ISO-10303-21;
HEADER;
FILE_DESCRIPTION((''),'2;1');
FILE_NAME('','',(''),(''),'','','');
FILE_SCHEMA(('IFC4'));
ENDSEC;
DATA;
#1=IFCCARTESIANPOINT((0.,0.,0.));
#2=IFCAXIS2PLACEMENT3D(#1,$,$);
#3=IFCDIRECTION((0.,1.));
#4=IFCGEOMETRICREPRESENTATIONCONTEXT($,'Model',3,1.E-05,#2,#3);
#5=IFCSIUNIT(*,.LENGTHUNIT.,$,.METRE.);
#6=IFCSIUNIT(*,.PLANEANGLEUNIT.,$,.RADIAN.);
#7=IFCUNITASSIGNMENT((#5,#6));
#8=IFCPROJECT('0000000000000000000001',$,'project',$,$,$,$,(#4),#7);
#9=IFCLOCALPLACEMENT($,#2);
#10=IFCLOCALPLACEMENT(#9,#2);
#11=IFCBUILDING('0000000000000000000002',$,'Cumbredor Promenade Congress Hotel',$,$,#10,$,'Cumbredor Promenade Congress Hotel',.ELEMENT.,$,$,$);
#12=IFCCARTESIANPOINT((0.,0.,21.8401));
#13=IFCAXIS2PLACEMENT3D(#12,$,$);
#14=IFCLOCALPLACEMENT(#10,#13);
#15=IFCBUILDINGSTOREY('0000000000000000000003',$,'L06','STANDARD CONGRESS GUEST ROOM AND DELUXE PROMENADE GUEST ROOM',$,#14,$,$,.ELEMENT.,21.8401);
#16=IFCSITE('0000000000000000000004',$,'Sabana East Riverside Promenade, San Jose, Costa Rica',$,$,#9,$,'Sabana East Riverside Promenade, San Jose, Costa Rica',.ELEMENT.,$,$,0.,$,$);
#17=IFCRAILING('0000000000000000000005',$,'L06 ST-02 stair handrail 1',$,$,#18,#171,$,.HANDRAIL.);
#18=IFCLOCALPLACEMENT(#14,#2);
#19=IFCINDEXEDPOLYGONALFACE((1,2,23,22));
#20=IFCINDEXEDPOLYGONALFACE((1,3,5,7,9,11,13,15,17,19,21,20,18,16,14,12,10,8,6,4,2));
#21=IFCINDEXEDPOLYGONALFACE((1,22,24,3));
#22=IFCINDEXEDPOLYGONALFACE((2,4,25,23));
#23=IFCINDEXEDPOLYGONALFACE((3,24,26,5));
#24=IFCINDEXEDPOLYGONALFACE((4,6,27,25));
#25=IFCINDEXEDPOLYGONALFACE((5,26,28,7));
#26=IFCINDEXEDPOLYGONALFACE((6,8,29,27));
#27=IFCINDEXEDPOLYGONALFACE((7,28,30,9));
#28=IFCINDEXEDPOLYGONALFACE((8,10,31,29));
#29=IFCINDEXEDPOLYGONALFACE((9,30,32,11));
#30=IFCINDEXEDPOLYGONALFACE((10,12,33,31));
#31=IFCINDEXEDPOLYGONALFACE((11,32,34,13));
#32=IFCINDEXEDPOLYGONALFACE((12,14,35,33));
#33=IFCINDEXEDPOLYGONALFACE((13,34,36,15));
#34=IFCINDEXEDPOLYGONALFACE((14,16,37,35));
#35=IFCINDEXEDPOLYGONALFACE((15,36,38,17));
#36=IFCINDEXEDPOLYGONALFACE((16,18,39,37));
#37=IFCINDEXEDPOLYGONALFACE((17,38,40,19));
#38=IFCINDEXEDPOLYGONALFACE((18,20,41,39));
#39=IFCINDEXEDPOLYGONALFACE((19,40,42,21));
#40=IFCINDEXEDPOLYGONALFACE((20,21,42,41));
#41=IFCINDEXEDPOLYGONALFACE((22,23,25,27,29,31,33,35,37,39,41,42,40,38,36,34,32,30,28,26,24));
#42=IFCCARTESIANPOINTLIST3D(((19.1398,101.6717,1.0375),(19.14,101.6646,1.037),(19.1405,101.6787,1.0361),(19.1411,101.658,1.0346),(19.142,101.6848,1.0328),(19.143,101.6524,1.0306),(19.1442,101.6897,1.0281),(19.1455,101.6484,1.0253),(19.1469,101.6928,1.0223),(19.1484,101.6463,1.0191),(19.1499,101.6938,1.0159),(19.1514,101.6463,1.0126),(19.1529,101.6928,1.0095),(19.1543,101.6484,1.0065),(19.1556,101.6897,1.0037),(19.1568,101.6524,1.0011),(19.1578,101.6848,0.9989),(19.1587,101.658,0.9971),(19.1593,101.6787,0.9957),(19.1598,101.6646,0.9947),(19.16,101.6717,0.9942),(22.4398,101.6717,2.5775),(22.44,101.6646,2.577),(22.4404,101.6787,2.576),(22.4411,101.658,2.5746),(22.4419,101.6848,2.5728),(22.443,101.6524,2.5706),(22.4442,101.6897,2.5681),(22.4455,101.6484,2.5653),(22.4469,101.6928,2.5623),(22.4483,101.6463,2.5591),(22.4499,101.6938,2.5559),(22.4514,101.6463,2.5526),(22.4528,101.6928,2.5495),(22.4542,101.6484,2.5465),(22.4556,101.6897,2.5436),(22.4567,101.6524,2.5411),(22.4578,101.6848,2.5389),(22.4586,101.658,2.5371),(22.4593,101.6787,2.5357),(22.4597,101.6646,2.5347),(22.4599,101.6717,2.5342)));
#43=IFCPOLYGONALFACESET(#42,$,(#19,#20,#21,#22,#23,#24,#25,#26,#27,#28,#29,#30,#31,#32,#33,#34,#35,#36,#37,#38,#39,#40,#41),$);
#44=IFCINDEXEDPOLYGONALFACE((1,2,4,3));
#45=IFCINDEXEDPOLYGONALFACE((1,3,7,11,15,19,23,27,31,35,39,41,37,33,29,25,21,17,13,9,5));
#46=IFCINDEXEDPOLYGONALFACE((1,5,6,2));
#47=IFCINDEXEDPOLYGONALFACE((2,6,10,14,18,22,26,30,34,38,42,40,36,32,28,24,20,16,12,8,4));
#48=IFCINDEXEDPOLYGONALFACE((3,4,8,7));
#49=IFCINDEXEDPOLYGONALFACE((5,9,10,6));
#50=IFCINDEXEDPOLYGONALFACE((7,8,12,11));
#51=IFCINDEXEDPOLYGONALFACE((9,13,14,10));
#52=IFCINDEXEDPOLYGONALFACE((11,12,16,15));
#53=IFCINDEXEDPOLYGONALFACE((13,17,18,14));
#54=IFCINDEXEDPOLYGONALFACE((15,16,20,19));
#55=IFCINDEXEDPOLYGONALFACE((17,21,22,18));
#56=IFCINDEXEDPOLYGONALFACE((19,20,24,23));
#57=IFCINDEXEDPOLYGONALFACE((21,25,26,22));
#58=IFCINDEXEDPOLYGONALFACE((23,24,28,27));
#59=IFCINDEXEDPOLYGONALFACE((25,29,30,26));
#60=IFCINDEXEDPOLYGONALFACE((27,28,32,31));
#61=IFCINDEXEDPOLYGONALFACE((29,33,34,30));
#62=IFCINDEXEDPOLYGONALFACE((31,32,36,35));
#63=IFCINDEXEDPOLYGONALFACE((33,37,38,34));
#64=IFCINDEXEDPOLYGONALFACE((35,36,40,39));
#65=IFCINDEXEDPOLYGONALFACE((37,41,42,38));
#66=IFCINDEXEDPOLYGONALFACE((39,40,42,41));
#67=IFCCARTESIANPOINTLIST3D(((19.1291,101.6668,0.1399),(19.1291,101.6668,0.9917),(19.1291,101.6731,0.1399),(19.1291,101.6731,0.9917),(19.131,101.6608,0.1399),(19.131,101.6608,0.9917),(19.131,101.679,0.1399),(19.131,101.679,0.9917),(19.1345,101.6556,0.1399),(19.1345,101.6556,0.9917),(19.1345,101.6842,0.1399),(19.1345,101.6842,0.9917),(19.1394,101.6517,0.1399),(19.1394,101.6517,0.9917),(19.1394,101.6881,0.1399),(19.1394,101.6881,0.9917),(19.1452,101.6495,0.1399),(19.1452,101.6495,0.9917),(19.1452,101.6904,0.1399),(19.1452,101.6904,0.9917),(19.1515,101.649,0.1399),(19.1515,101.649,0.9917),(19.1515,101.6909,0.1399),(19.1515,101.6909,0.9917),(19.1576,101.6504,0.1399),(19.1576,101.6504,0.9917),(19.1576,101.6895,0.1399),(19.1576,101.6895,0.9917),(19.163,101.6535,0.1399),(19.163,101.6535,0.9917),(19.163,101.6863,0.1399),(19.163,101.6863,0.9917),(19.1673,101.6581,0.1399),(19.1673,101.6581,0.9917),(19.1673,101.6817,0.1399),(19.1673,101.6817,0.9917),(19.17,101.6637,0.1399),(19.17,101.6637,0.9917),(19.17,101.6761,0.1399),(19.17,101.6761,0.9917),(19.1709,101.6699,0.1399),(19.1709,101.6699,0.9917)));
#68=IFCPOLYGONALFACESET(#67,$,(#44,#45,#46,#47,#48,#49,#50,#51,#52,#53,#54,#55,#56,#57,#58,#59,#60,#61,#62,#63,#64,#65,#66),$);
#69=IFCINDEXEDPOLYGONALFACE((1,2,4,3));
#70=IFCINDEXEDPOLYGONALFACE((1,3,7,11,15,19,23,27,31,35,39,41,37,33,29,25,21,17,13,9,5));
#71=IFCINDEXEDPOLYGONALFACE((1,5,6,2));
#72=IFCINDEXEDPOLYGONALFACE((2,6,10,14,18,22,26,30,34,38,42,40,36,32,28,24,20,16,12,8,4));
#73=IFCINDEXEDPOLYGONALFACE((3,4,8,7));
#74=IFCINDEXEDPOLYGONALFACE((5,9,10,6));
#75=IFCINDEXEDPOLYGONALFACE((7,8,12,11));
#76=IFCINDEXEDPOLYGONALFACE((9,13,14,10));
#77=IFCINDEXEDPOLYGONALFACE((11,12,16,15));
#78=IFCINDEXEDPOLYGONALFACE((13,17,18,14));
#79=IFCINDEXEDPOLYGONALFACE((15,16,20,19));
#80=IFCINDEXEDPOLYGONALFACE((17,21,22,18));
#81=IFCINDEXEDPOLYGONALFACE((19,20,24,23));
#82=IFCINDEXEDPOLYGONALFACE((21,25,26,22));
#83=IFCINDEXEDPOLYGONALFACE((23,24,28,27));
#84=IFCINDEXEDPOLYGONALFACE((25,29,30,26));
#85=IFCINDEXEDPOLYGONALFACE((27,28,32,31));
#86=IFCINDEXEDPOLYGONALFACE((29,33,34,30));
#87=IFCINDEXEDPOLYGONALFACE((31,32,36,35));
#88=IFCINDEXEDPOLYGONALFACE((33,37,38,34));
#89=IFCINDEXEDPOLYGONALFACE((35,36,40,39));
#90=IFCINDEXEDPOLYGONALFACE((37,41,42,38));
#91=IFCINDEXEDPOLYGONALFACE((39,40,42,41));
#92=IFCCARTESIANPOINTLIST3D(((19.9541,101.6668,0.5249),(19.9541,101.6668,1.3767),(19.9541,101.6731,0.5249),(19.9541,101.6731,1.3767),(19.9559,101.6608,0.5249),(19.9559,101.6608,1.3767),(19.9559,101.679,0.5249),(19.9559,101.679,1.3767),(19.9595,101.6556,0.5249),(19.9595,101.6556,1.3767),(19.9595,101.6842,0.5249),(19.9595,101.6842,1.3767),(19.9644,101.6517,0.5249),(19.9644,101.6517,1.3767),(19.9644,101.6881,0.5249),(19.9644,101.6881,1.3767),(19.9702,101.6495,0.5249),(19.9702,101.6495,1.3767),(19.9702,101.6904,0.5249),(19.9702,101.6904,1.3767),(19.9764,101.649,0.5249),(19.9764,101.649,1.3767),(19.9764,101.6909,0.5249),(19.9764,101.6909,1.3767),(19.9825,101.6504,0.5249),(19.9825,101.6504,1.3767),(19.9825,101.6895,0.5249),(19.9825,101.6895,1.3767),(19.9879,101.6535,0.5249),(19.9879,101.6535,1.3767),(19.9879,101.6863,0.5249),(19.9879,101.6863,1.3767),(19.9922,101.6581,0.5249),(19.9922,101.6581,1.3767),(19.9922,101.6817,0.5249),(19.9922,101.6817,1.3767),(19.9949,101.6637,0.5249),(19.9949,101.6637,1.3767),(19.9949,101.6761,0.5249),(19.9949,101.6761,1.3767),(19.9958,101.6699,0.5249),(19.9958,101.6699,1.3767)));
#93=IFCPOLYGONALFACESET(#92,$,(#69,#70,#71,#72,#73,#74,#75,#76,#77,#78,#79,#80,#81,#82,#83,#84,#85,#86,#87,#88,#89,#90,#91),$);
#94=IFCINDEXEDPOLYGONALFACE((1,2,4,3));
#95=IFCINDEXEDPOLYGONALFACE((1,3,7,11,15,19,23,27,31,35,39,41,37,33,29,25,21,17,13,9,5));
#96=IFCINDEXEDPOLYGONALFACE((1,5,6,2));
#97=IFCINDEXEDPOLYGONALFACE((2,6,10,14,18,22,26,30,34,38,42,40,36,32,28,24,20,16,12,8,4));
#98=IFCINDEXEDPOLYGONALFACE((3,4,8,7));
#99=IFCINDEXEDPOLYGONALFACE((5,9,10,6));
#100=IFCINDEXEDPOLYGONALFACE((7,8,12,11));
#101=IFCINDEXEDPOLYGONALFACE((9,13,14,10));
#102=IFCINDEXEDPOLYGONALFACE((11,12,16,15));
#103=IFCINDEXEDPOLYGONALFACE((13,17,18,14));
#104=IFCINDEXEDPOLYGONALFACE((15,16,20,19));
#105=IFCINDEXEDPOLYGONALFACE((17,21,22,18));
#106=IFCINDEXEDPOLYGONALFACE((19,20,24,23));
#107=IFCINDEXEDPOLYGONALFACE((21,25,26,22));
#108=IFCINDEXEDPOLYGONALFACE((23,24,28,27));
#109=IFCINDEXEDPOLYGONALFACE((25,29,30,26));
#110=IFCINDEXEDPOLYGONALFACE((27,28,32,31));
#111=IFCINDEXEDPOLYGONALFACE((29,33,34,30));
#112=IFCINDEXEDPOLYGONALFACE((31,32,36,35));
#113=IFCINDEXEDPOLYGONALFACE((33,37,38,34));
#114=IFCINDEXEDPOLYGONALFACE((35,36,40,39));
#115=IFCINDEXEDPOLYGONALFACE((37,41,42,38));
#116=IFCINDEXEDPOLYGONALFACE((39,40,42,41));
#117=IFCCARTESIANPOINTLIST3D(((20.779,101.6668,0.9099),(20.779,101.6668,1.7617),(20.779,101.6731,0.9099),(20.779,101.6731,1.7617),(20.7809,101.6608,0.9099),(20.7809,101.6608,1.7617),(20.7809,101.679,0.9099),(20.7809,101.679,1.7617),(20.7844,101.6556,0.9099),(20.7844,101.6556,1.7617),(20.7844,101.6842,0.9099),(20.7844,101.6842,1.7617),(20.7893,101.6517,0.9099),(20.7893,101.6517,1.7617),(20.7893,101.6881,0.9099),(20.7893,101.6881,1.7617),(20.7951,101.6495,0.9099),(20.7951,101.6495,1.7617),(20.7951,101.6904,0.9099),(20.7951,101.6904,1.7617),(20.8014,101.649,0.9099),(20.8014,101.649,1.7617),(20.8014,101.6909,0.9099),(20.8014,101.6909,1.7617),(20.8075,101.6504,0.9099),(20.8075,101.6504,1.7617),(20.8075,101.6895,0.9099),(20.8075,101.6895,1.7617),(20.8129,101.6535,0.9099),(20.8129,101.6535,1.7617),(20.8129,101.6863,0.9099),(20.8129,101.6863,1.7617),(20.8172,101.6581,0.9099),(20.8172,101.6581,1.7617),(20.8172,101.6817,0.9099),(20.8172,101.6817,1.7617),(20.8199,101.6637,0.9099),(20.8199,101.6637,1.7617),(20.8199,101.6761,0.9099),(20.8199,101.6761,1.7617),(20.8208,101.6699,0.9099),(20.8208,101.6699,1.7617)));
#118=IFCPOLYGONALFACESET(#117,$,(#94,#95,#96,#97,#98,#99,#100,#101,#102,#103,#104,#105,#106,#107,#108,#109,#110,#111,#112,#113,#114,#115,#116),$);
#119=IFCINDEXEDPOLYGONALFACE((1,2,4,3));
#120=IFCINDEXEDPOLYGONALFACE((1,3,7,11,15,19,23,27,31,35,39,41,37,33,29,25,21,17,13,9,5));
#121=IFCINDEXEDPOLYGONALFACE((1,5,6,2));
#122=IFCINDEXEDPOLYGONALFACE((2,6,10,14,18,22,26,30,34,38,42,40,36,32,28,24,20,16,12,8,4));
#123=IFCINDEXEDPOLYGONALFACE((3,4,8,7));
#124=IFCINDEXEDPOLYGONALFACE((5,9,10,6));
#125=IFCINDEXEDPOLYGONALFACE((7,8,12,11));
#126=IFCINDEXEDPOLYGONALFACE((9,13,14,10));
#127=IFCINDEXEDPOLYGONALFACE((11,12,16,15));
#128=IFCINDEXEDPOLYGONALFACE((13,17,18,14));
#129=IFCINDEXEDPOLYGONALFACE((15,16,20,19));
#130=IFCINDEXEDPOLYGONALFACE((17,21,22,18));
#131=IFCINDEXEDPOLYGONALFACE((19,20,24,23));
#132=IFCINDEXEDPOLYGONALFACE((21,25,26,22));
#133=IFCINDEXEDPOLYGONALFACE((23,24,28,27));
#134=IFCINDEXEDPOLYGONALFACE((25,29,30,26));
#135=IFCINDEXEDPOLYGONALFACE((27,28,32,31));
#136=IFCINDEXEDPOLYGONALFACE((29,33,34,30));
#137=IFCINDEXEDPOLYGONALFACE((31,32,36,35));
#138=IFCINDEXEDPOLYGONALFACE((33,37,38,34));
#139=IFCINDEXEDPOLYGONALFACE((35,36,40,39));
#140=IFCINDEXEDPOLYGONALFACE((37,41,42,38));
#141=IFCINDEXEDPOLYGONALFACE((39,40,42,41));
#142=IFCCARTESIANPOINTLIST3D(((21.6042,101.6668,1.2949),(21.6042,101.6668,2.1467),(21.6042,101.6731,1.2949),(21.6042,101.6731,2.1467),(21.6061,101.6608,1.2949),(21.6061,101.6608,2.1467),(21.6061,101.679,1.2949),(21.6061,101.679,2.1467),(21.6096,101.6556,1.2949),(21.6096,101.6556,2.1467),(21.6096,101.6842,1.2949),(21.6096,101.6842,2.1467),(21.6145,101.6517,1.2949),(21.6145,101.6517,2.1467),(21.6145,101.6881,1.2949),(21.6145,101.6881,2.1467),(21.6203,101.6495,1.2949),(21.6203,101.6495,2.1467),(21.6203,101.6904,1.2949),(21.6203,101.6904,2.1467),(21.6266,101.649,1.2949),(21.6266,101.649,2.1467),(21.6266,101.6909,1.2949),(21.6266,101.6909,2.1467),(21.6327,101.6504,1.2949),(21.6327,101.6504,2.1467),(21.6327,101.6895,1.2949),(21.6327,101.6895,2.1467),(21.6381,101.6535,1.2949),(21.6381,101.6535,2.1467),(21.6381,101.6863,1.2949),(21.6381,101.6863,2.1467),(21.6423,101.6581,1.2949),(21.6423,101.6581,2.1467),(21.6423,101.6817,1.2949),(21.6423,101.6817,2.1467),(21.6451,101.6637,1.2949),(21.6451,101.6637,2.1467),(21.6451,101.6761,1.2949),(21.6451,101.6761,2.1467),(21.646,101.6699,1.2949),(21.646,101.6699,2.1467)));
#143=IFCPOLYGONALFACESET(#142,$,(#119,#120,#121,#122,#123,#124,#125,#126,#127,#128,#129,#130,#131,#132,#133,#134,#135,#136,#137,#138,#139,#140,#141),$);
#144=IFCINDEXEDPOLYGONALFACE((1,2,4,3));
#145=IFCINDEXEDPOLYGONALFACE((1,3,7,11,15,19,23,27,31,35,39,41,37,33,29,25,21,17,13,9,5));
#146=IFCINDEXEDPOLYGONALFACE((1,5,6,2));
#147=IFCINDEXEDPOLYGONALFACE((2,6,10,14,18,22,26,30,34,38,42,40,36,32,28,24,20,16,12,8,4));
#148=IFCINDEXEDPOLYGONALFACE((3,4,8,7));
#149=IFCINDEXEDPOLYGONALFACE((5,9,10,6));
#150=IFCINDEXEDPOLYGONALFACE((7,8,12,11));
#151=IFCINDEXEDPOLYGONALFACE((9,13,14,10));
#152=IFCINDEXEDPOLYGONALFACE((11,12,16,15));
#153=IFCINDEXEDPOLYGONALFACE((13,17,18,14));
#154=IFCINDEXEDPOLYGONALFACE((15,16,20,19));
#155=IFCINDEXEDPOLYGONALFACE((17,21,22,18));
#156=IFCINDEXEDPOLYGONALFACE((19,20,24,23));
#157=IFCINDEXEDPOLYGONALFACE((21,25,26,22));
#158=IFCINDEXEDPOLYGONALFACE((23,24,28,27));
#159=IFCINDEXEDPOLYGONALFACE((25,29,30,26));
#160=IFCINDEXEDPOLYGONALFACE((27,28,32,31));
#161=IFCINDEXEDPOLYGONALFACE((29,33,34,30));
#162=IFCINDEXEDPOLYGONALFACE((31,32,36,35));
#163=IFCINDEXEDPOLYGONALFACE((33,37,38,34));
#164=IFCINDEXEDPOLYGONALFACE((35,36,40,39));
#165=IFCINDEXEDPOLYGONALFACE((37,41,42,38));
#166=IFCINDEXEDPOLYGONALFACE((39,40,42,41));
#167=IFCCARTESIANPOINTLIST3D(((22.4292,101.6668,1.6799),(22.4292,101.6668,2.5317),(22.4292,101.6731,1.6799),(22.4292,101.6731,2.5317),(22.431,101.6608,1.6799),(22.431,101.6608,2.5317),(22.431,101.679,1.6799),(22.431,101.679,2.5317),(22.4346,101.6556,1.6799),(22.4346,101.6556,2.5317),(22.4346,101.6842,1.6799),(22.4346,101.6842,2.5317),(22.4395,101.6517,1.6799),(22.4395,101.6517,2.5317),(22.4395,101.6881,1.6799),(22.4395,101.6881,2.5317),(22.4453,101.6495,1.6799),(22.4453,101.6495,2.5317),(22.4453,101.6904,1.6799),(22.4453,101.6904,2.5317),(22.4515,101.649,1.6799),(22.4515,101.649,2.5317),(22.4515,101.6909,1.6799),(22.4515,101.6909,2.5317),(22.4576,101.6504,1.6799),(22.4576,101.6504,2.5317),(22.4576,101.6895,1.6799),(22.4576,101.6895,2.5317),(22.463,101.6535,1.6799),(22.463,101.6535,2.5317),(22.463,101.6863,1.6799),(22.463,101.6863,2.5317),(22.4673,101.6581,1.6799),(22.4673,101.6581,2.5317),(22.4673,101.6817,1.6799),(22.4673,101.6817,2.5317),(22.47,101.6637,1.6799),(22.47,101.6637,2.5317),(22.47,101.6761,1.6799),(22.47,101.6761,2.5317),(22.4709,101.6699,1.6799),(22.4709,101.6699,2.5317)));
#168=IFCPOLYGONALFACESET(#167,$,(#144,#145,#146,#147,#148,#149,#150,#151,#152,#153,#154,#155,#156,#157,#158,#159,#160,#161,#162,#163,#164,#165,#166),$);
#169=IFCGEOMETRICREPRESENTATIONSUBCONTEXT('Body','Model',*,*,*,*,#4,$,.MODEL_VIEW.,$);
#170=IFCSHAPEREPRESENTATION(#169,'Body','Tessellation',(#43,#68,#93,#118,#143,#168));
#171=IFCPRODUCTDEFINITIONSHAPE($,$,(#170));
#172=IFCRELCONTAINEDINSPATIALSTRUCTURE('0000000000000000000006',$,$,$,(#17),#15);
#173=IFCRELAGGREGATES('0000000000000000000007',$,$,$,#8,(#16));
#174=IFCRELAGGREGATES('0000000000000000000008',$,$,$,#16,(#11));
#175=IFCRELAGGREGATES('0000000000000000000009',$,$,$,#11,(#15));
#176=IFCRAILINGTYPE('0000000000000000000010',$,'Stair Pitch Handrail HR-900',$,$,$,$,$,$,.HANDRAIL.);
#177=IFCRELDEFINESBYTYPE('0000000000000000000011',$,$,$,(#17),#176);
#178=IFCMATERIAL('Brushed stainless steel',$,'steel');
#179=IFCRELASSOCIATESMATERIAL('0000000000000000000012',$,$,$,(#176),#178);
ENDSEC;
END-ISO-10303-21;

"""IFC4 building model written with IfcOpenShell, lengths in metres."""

from ifc_helpers import new_model, si_unit, direction, frame, origin, origin_2d, place, context, subcontext, project, spatial, circle, extrude, material, type_object, element, save


model = new_model("IFC4")

# Units and contexts
model_context = context("Model", 3, precision=1e-05, world=origin(), true_north=direction((0.0, 1.0)))
body_context = subcontext(model_context, "Body", "Model", "MODEL_VIEW")
ifc_project = project(units=[si_unit("LENGTHUNIT", "METRE"), si_unit("PLANEANGLEUNIT", "RADIAN")], contexts=[model_context])

# Site, building, storey
site_placement = place(None, origin())
site = spatial("IfcSite", under=ifc_project, at=site_placement, Name="Sabana East Riverside Promenade, San Jose, Costa Rica", LongName="Sabana East Riverside Promenade, San Jose, Costa Rica", CompositionType="ELEMENT", RefElevation=0.0)
building_placement = place(site_placement, origin())
building = spatial("IfcBuilding", under=site, at=building_placement, Name="Cumbredor Promenade Congress Hotel", LongName="Cumbredor Promenade Congress Hotel", CompositionType="ELEMENT")
storey_placement = place(building_placement, frame((0.0, 0.0, 21.8401)))
storey = spatial("IfcBuildingStorey", under=building, at=storey_placement, Name="L06", Description="STANDARD CONGRESS GUEST ROOM AND DELUXE PROMENADE GUEST ROOM", CompositionType="ELEMENT", Elevation=21.8401)

# Railing
ifc_material_1 = material(Name="Brushed stainless steel", Category="steel")
railing_type_1 = type_object("IfcRailingType", Name="Stair Pitch Handrail HR-900", PredefinedType="HANDRAIL", material=ifc_material_1)
railing_1_placement = place(storey_placement, frame((19.1499, 101.6699, 0.1399)))
element("IfcRailing", 1, at=railing_1_placement, inside=storey, type_object=railing_type_1, Name="L06 ST-02 stair handrail 1", PredefinedType="HANDRAIL", context=body_context, shape_type="SweptSolid", body=[
    extrude(circle(Radius=0.0239, at=origin_2d()), frame((0.0, 0.0, 0.876), z_axis=(0.906181, 0.0, 0.422889), x_axis=(0.0, 1.0, 0.0)), (0.0, 0.0, 1.0), 3.6416),
    extrude(circle(Radius=0.021, at=origin_2d()), origin(), (0.0, 0.0, 1.0), 0.8518),
    extrude(circle(Radius=0.021, at=origin_2d()), frame((0.825, 0.0, 0.385)), (0.0, 0.0, 1.0), 0.8518),
    extrude(circle(Radius=0.021, at=origin_2d()), frame((1.6499, 0.0, 0.77)), (0.0, 0.0, 1.0), 0.8518),
    extrude(circle(Radius=0.021, at=origin_2d()), frame((2.4751, 0.0, 1.155)), (0.0, 0.0, 1.0), 0.8518),
    extrude(circle(Radius=0.021, at=origin_2d()), frame((3.3, 0.0, 1.54)), (0.0, 0.0, 1.0), 0.8518),
])

save(model, "model.ifc")
